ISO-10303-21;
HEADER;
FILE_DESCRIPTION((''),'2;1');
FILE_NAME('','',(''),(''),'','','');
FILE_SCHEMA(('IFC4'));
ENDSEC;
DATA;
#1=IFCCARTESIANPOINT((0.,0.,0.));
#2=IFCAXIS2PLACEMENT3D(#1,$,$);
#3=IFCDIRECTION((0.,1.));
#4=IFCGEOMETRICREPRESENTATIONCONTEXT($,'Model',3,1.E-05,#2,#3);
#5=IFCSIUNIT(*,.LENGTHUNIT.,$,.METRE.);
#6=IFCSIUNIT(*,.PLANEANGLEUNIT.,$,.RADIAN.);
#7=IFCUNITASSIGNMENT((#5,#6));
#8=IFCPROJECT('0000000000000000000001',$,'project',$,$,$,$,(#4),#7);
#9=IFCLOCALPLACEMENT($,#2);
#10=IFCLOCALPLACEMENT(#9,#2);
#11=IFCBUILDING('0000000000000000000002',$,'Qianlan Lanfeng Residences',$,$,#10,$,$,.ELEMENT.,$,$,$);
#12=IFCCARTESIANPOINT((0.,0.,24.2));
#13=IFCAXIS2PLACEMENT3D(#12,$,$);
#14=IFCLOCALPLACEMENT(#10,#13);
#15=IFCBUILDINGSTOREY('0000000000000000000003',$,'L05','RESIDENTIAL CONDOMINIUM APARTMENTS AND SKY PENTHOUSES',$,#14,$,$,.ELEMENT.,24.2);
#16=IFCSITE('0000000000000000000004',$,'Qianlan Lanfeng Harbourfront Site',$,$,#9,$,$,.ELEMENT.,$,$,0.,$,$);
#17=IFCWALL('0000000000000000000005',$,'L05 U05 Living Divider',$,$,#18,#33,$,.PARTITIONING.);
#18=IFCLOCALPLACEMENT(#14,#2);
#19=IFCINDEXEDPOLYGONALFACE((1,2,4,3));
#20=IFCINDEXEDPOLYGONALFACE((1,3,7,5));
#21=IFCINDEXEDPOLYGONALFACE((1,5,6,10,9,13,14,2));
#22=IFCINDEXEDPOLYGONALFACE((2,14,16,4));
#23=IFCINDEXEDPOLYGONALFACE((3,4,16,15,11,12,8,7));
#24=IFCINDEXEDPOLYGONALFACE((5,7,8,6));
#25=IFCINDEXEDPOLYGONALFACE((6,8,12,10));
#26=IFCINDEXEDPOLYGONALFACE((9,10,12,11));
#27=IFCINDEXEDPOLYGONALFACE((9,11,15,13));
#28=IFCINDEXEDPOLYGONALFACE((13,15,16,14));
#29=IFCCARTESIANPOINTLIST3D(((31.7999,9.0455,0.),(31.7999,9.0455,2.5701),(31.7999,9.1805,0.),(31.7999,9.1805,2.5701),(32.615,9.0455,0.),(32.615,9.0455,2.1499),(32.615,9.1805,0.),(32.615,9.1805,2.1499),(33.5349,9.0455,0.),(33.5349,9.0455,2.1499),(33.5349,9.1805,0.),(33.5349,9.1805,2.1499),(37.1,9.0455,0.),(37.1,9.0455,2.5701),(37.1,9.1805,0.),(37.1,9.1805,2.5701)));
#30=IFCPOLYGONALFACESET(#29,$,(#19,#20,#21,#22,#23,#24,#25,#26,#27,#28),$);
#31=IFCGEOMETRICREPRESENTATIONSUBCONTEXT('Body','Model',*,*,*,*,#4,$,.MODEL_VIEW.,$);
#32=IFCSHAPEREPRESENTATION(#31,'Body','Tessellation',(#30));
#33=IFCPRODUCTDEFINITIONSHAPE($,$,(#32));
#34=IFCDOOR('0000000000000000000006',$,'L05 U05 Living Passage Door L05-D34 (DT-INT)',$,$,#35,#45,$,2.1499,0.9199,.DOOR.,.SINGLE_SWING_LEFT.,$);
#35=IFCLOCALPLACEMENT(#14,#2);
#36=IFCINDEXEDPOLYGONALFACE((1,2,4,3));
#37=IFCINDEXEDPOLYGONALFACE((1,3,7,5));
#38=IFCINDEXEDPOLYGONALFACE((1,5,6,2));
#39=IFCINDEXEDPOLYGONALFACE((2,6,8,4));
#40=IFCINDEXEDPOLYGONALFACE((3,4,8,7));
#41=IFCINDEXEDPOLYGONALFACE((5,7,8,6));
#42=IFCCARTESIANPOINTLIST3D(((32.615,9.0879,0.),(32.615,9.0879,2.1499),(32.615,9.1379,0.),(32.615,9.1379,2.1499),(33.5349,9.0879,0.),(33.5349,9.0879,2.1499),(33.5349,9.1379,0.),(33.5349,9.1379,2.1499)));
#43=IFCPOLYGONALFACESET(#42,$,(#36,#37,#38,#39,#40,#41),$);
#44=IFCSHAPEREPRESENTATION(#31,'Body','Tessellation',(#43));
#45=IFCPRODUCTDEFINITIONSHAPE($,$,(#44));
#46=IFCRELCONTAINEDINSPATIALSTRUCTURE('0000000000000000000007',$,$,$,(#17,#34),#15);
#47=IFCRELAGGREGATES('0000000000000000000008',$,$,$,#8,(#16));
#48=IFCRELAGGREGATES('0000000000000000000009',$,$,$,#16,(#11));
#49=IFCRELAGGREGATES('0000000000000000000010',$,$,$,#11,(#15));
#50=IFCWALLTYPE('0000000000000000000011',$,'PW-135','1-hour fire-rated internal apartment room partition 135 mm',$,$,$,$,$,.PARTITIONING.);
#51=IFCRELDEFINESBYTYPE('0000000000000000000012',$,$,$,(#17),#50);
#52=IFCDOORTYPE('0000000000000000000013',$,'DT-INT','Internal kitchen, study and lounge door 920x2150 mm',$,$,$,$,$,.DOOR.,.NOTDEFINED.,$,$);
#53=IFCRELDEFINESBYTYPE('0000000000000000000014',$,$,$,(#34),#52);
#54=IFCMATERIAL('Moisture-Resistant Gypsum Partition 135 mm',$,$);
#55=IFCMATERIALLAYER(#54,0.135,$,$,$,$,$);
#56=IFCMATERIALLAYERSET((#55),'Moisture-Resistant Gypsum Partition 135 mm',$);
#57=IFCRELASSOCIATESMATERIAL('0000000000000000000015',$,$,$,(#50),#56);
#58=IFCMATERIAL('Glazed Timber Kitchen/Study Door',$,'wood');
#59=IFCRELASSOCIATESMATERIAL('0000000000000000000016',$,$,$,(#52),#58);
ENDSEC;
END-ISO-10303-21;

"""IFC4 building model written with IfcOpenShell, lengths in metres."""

from ifc_helpers import new_model, si_unit, direction, frame, frame_2d, origin, place, context, subcontext, project, spatial, rectangle, extrude, material, layer, layer_set, type_object, element, fill, save


model = new_model("IFC4")

# Units and contexts
model_context = context("Model", 3, precision=1e-05, world=origin(), true_north=direction((0.0, 1.0)))
body_context = subcontext(model_context, "Body", "Model", "MODEL_VIEW")
ifc_project = project(units=[si_unit("LENGTHUNIT", "METRE"), si_unit("PLANEANGLEUNIT", "RADIAN")], contexts=[model_context])

# Site, building, storey
site_placement = place(None, origin())
site = spatial("IfcSite", under=ifc_project, at=site_placement, Name="Qianlan Lanfeng Harbourfront Site", CompositionType="ELEMENT", RefElevation=0.0)
building_placement = place(site_placement, origin())
building = spatial("IfcBuilding", under=site, at=building_placement, Name="Qianlan Lanfeng Residences", CompositionType="ELEMENT")
storey_placement = place(building_placement, frame((0.0, 0.0, 24.2)))
storey = spatial("IfcBuildingStorey", under=building, at=storey_placement, Name="L05", Description="RESIDENTIAL CONDOMINIUM APARTMENTS AND SKY PENTHOUSES", CompositionType="ELEMENT", Elevation=24.2)

# Shared definitions
ifc_material_1 = material(Name="Moisture-Resistant Gypsum Partition 135 mm")
ifc_layer = layer(ifc_material_1, 0.135)
ifc_layer_set = layer_set([ifc_layer], Name="Moisture-Resistant Gypsum Partition 135 mm")
wall_type = type_object("IfcWallType", Name="PW-135", Description="1-hour fire-rated internal apartment room partition 135 mm", PredefinedType="PARTITIONING", material=ifc_layer_set)
ifc_material_2 = material(Name="Glazed Timber Kitchen/Study Door", Category="wood")
door_type_1 = type_object("IfcDoorType", Name="DT-INT", Description="Internal kitchen, study and lounge door 920x2150 mm", OperationType="NOTDEFINED", PredefinedType="DOOR", material=ifc_material_2)

# Wall, opening, door
wall_1_placement = place(storey_placement, frame((31.8, 9.113, 0.0), z_axis=(0.0, 0.0, 1.0), x_axis=(1.0, 0.0, 0.0)))
wall_1 = element("IfcWall", 1, at=wall_1_placement, inside=storey, type_object=wall_type, Name="L05 U05 Living Divider", PredefinedType="PARTITIONING", context=body_context, shape_type="SweptSolid", body=[
    extrude(rectangle(XDim=5.3, YDim=0.135, at=frame_2d((2.6499, 0.0))), origin(), (0.0, 0.0, 1.0), 2.5701),
])
opening_1_placement = place(wall_1_placement, frame((0.8149, 0.0, 0.0)))
opening_1 = element("IfcOpeningElement", 2, at=opening_1_placement, cuts=wall_1, PredefinedType="OPENING", context=body_context, shape_type="SweptSolid", body=[
    extrude(rectangle(XDim=0.9199, YDim=2.1499, at=frame_2d((0.46, 1.075))), frame((0.0, 0.0776, 0.0), z_axis=(0.0, -1.0, 0.0), x_axis=(1.0, 0.0, 0.0)), (0.0, 0.0, 1.0), 0.155),
])
door_1_placement = place(opening_1_placement, origin())
door_1 = element("IfcDoor", 3, at=door_1_placement, inside=storey, type_object=door_type_1, Name="L05 U05 Living Passage Door L05-D34 (DT-INT)", OperationType="SINGLE_SWING_LEFT", OverallHeight=2.1499, OverallWidth=0.9199, PredefinedType="DOOR", context=body_context, shape_type="SweptSolid", body=[
    extrude(rectangle(XDim=0.9199, YDim=2.1499, at=frame_2d((0.46, 1.075))), frame((0.0, 0.0249, 0.0), z_axis=(0.0, -1.0, 0.0), x_axis=(1.0, 0.0, 0.0)), (0.0, 0.0, 1.0), 0.05),
])
fill(opening_1, door_1)

save(model, "model.ifc")
